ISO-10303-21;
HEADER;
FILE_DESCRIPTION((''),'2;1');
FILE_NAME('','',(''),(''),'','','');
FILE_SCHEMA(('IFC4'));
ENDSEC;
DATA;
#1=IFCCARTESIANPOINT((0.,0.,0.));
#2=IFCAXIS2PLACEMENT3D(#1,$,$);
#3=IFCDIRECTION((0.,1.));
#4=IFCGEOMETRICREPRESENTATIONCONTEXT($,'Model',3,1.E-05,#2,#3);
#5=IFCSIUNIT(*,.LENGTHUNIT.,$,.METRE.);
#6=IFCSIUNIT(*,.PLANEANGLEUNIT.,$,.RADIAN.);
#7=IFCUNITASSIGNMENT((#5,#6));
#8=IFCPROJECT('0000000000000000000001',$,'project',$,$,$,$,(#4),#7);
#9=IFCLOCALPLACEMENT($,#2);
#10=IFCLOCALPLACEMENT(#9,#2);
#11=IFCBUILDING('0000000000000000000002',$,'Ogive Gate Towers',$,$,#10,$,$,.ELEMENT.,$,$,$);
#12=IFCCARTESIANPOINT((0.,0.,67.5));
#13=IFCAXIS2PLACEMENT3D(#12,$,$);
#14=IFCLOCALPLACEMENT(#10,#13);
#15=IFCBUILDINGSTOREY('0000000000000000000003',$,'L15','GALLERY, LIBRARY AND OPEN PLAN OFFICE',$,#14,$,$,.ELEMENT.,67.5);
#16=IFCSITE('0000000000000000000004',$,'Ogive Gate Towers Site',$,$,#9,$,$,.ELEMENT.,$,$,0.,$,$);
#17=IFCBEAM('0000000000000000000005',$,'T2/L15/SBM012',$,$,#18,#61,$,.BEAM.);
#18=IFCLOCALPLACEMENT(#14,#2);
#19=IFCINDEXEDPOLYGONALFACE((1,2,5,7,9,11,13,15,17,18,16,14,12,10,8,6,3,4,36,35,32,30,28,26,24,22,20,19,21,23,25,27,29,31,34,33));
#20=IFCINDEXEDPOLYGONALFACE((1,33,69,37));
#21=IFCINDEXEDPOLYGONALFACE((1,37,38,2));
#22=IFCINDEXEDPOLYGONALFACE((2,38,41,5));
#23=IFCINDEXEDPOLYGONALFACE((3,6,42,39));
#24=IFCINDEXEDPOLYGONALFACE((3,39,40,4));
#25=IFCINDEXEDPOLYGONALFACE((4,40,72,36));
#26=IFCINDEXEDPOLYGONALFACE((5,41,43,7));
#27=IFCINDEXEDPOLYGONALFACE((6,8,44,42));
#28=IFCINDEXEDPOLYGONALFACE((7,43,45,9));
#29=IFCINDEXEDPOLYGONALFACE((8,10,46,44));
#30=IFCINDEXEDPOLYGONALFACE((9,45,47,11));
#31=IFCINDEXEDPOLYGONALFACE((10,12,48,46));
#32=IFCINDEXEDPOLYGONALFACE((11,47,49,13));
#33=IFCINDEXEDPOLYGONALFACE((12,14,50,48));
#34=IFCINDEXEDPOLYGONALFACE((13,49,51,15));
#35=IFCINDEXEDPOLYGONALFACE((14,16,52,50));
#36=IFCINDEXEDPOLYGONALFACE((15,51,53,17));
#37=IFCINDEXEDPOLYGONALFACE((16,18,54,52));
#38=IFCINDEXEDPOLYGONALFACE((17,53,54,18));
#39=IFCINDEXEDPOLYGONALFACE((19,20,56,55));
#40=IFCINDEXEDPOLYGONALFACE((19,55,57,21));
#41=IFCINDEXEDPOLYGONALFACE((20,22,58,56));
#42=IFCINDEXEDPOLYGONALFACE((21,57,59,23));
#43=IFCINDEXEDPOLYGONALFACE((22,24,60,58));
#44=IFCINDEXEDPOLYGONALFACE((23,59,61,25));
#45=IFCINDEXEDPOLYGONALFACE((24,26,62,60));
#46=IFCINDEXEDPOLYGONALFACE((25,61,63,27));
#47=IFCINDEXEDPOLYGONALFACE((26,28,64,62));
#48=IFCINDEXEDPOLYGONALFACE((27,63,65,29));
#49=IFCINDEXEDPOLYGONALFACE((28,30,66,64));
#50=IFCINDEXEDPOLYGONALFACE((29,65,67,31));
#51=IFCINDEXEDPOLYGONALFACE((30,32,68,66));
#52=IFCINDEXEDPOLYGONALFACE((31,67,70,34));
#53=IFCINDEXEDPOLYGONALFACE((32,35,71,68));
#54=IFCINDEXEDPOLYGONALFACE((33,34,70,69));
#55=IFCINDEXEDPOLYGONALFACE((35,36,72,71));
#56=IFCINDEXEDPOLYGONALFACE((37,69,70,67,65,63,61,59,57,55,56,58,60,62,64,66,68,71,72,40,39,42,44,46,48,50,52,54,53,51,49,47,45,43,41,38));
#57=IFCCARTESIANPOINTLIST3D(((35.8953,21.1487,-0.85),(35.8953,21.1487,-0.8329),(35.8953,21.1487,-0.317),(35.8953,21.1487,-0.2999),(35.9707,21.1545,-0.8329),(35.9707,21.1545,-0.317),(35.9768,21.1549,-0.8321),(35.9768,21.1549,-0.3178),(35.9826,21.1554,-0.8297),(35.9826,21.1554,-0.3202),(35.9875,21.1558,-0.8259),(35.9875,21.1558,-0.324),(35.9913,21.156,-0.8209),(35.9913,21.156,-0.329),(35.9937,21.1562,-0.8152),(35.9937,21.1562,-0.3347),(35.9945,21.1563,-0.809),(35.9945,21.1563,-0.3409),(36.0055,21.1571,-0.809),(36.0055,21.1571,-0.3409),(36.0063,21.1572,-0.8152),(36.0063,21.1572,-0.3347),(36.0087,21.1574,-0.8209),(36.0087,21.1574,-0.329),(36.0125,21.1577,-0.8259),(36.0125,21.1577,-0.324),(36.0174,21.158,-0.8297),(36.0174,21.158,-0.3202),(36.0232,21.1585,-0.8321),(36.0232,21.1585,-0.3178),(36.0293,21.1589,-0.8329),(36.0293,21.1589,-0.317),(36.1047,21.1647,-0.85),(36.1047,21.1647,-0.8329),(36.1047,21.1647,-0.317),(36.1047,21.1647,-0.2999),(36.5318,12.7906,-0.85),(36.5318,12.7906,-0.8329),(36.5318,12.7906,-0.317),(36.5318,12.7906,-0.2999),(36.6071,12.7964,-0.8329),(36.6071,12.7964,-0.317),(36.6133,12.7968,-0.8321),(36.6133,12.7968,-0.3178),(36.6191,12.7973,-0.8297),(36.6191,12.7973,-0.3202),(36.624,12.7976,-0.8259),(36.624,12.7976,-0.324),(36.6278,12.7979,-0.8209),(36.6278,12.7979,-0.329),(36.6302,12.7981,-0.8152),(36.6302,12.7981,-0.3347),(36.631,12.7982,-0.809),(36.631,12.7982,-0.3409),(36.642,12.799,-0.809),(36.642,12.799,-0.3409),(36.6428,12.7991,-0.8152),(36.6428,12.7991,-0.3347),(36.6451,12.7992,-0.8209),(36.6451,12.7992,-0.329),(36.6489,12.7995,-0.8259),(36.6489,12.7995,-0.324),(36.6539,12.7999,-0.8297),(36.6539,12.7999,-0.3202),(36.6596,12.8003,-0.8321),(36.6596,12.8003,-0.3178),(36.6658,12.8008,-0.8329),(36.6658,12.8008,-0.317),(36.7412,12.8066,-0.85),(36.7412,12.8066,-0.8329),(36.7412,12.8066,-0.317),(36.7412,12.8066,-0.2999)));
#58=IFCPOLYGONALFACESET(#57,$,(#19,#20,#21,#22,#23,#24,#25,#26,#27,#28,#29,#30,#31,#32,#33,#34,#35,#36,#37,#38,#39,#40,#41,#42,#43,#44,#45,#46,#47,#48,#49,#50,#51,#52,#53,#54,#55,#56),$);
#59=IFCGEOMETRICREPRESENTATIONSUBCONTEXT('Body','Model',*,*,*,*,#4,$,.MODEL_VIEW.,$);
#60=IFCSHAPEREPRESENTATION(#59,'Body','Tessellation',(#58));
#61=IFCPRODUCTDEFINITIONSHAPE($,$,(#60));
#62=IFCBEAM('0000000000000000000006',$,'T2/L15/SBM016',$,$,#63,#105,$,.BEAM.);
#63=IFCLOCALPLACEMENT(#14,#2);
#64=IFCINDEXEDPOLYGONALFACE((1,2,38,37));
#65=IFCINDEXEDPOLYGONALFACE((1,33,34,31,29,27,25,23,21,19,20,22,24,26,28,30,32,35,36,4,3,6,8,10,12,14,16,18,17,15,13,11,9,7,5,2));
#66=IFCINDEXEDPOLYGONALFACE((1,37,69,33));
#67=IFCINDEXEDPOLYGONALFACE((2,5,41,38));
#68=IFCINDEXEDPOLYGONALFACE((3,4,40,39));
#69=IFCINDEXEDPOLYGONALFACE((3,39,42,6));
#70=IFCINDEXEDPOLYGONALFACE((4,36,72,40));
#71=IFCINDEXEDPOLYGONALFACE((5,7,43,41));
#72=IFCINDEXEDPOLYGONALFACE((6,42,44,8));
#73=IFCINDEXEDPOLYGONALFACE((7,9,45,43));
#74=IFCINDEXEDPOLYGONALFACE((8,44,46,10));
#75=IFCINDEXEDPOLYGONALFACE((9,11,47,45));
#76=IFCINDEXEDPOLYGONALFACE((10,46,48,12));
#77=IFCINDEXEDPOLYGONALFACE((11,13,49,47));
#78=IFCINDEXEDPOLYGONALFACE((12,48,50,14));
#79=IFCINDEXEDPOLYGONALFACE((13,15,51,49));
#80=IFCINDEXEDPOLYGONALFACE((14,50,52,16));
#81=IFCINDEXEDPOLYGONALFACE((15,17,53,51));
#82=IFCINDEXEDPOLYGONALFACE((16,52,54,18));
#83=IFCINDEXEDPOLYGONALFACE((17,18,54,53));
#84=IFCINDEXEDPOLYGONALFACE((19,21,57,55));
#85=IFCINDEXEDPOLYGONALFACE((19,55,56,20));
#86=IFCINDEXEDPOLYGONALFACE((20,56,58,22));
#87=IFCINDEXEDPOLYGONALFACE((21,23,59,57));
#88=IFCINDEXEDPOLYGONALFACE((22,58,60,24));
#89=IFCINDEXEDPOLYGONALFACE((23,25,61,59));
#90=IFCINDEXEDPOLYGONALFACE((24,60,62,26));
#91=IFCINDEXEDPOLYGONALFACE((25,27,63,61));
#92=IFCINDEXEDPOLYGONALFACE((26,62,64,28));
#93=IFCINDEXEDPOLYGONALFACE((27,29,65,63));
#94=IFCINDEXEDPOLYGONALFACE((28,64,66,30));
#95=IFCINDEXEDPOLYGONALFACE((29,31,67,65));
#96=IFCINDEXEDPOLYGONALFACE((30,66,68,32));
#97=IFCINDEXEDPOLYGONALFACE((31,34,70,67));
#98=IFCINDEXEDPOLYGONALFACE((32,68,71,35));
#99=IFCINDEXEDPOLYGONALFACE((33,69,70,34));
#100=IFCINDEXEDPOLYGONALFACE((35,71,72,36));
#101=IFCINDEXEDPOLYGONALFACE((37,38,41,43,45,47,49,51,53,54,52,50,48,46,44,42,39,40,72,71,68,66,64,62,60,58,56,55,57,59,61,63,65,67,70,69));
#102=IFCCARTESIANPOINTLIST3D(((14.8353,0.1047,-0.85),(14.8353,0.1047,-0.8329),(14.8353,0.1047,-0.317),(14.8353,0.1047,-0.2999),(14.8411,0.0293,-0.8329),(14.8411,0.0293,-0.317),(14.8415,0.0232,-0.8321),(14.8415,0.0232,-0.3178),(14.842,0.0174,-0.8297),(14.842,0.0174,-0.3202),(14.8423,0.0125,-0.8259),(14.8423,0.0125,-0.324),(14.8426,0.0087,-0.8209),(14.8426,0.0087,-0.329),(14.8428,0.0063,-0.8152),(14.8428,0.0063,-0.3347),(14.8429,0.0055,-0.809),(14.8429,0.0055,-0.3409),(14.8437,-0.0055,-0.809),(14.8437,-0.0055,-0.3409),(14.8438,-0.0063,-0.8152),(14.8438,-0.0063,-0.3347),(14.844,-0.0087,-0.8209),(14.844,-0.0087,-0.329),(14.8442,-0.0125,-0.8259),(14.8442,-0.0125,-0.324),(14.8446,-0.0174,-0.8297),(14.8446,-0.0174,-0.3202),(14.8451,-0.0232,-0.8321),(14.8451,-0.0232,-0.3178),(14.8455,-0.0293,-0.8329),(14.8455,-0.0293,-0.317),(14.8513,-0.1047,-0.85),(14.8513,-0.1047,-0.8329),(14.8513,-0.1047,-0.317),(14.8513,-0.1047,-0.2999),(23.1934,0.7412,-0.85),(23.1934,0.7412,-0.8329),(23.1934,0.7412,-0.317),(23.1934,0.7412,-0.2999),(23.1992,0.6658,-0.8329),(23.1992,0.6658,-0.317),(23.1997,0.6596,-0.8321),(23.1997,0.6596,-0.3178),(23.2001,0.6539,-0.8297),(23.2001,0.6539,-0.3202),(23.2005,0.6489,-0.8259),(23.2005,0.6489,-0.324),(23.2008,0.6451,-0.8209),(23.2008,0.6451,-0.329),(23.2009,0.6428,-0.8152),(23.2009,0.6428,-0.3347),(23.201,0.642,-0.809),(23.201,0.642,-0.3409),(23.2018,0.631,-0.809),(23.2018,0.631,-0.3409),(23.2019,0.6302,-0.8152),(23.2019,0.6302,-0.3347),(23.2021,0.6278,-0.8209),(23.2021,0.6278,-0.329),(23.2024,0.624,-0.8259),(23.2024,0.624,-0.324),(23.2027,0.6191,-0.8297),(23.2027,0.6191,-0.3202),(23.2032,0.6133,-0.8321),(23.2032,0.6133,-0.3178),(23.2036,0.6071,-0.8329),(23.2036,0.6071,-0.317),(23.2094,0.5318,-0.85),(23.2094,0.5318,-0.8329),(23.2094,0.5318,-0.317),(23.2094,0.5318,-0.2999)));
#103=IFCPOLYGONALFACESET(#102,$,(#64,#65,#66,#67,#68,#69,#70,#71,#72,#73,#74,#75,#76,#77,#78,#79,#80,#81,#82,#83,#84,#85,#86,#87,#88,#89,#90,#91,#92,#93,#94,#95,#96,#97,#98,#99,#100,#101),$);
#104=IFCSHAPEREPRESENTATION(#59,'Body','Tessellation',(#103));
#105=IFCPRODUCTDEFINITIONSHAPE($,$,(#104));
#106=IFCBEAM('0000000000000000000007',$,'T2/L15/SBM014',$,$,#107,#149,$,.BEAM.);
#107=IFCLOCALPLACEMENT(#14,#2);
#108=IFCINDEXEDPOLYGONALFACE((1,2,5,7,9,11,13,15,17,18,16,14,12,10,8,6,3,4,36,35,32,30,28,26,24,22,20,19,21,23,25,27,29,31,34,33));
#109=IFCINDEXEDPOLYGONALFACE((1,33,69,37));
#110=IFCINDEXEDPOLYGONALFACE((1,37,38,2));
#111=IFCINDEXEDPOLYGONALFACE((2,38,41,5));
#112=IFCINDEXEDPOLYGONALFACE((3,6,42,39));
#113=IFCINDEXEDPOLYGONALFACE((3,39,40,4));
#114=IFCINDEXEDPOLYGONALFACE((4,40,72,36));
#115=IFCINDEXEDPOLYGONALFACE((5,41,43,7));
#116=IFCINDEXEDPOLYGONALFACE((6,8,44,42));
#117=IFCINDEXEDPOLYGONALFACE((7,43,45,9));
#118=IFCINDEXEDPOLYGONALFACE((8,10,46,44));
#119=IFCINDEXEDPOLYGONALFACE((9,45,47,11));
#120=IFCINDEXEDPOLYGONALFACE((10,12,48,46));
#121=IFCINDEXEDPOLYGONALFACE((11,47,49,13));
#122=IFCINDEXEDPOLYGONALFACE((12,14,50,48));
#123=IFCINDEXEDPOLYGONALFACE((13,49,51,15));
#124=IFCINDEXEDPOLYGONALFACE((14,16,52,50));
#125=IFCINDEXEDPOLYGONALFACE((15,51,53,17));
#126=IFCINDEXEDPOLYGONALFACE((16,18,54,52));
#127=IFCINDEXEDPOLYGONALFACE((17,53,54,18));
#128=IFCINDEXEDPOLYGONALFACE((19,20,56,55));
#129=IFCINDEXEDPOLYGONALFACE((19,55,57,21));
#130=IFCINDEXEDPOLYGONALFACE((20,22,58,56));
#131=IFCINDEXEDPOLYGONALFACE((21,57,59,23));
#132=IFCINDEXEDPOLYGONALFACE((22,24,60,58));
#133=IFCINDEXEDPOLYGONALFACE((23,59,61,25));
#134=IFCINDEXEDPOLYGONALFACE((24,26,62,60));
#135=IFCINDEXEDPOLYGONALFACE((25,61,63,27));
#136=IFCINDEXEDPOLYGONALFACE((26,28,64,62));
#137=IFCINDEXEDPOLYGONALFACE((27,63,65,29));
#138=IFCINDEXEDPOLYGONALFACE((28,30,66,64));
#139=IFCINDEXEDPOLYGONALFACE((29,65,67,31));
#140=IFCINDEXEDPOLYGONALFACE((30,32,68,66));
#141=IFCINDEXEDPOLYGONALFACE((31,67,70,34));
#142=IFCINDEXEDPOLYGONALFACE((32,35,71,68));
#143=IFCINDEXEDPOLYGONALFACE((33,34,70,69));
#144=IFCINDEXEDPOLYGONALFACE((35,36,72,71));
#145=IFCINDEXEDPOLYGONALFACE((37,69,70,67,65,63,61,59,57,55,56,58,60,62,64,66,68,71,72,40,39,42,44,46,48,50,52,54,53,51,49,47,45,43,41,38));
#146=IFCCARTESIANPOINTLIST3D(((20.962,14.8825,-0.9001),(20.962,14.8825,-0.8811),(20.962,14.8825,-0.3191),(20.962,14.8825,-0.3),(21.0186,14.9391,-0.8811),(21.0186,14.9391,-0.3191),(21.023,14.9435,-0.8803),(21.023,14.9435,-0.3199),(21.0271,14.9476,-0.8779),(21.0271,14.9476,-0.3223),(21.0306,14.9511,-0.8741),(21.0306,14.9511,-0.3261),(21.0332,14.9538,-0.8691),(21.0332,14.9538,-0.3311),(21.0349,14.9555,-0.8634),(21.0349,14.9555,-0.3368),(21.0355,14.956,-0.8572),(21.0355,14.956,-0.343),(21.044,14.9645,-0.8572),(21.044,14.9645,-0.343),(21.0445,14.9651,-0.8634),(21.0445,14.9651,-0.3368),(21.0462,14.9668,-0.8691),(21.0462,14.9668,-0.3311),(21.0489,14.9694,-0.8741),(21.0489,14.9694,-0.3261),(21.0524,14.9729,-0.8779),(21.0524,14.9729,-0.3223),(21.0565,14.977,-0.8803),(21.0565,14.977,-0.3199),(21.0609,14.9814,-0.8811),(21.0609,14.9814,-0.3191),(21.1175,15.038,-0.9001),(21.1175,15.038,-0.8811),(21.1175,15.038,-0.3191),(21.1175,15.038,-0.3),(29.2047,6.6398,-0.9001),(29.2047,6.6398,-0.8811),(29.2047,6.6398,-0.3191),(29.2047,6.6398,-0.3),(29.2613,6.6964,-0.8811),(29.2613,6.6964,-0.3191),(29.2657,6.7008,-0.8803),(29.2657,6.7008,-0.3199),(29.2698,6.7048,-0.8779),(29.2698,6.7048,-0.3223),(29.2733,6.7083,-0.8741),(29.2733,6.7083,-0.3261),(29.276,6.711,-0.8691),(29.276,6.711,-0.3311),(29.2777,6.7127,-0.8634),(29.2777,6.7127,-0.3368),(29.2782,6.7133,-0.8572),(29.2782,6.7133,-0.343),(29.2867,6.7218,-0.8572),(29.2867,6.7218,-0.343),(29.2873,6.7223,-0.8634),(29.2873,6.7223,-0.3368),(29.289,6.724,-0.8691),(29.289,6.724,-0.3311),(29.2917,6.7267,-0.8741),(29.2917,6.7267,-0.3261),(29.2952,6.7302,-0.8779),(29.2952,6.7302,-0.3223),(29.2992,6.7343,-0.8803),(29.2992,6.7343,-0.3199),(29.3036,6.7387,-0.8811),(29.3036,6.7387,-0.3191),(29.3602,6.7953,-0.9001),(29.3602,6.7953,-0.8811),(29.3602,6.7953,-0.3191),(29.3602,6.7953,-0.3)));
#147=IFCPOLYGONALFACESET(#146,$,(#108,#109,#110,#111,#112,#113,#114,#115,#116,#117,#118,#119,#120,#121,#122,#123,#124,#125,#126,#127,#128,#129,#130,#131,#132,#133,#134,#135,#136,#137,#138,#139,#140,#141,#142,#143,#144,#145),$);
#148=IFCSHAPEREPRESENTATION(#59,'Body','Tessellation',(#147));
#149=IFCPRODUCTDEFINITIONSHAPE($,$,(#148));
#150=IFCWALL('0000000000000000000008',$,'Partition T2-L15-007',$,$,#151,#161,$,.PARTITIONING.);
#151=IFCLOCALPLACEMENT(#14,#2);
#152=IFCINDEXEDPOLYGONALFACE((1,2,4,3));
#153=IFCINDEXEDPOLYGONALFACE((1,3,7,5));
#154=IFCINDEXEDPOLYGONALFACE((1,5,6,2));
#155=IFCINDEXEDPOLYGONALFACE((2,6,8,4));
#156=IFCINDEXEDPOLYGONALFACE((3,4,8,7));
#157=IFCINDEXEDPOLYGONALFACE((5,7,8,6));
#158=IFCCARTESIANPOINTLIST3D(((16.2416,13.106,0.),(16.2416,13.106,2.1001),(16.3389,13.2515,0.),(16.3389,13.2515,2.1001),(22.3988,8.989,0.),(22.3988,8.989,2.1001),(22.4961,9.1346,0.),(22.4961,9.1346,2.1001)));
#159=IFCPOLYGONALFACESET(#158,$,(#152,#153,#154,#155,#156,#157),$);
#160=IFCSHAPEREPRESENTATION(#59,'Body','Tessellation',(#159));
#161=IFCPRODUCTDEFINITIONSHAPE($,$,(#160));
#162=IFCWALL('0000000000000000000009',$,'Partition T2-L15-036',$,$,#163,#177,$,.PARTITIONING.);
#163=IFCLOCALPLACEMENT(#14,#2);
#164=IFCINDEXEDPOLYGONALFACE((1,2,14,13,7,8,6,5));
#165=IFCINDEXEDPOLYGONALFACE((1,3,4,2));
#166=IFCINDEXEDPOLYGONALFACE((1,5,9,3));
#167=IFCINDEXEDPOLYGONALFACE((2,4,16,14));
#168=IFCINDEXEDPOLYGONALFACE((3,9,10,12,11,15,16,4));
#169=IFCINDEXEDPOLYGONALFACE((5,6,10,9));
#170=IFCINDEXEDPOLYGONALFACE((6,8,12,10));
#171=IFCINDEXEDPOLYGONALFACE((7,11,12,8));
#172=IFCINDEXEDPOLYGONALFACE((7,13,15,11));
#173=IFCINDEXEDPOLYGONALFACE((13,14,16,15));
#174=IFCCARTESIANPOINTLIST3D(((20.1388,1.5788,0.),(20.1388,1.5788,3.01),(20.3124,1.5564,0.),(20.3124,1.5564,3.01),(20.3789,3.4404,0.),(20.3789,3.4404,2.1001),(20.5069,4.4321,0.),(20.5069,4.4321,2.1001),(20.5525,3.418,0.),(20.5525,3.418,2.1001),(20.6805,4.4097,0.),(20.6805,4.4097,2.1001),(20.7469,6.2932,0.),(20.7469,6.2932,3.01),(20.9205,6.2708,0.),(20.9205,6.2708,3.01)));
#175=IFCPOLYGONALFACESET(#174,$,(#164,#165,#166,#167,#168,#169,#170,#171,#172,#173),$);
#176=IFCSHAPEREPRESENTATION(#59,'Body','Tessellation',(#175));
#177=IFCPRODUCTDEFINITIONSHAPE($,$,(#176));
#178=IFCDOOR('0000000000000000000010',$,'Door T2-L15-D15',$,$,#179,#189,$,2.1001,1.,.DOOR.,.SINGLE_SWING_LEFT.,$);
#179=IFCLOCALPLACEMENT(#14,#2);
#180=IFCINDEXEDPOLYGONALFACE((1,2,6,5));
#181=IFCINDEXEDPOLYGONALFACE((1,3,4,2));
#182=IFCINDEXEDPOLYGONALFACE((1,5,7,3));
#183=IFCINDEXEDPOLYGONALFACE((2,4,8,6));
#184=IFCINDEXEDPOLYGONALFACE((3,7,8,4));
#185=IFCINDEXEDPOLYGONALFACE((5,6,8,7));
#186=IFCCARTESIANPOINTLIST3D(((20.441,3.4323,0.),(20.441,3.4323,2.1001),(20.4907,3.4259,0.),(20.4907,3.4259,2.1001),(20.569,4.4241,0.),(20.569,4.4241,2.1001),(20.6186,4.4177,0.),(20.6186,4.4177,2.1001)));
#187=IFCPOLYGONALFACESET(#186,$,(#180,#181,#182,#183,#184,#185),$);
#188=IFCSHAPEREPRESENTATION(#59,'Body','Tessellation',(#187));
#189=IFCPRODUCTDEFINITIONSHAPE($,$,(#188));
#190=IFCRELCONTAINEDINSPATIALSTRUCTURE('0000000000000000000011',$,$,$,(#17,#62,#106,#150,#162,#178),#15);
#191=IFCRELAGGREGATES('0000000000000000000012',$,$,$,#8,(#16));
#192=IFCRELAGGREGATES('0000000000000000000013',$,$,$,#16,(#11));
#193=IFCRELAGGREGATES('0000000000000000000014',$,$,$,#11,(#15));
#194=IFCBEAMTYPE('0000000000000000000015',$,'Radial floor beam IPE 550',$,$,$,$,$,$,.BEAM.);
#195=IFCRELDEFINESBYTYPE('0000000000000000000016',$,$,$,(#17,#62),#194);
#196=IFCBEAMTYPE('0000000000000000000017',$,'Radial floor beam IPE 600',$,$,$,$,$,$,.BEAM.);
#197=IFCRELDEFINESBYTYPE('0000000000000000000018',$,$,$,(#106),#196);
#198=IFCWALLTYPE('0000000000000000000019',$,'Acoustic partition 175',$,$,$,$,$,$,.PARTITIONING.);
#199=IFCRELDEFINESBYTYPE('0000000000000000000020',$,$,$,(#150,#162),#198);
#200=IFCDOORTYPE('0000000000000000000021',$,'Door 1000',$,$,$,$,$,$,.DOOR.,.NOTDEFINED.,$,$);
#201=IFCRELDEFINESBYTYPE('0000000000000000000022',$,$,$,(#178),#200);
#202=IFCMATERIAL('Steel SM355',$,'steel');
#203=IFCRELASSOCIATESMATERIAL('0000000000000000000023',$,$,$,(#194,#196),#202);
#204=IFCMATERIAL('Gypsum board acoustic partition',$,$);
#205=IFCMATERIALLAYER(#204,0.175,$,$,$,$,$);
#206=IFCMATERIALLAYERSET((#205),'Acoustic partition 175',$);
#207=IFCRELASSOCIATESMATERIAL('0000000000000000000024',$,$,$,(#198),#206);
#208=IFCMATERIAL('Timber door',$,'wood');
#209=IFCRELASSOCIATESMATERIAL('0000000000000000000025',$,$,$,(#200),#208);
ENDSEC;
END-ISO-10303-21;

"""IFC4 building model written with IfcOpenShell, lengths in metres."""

from ifc_helpers import new_model, si_unit, direction, frame, frame_2d, origin, origin_2d, place, context, subcontext, project, spatial, rectangle, i_section, extrude, material, layer, layer_set, material_profile, profile_set, type_object, element, fill, save


model = new_model("IFC4")

# Units and contexts
model_context = context("Model", 3, precision=1e-05, world=origin(), true_north=direction((0.0, 1.0)))
body_context = subcontext(model_context, "Body", "Model", "MODEL_VIEW")
ifc_project = project(units=[si_unit("LENGTHUNIT", "METRE"), si_unit("PLANEANGLEUNIT", "RADIAN")], contexts=[model_context])

# Site, building, storey
site_placement = place(None, origin())
site = spatial("IfcSite", under=ifc_project, at=site_placement, Name="Ogive Gate Towers Site", CompositionType="ELEMENT", RefElevation=0.0)
building_placement = place(site_placement, origin())
building = spatial("IfcBuilding", under=site, at=building_placement, Name="Ogive Gate Towers", CompositionType="ELEMENT")
storey_placement = place(building_placement, frame((0.0, 0.0, 67.5)))
storey = spatial("IfcBuildingStorey", under=building, at=storey_placement, Name="L15", Description="GALLERY, LIBRARY AND OPEN PLAN OFFICE", CompositionType="ELEMENT", Elevation=67.5)

# Beams
ifc_material_1 = material(Name="Steel SM355", Category="steel")
ifc_material_profile_1 = material_profile(ifc_material_1, i_section(OverallWidth=0.21, OverallDepth=0.55, WebThickness=0.011, FlangeThickness=0.0171, FilletRadius=0.0239, at=origin_2d()), Name="IPE 550")
ifc_profile_set_1 = profile_set([ifc_material_profile_1], Name="Steel SM355")
beam_type_1 = type_object("IfcBeamType", Name="Radial floor beam IPE 550", PredefinedType="BEAM", material=ifc_profile_set_1)
for number, where, z_axis, x_axis, name in (
    (1, (36.6365, 12.7986, -0.575), (-0.07593, 0.997113, 0.0), (-0.997113, -0.07593, 0.0), "T2/L15/SBM012"),
    (2, (23.2014, 0.6365, -0.575), (-0.997113, -0.07593, 0.0), (0.07593, -0.997113, 0.0), "T2/L15/SBM016"),
):
    element("IfcBeam", number, at=place(storey_placement, frame(where, z_axis=z_axis, x_axis=x_axis)), inside=storey, type_object=beam_type_1, Name=name, PredefinedType="BEAM", context=body_context, shape_type="SweptSolid", body=[
        extrude(i_section(OverallWidth=0.21, OverallDepth=0.55, WebThickness=0.011, FlangeThickness=0.0171, FilletRadius=0.0239, at=origin_2d()), origin(), (0.0, 0.0, 1.0), 8.3823),
    ])
ifc_material_profile_2 = material_profile(ifc_material_1, i_section(OverallWidth=0.22, OverallDepth=0.6001, WebThickness=0.012, FlangeThickness=0.019, FilletRadius=0.0239, at=origin_2d()), Name="IPE 600")
ifc_profile_set_2 = profile_set([ifc_material_profile_2], Name="Steel SM355")
beam_type_2 = type_object("IfcBeamType", Name="Radial floor beam IPE 600", PredefinedType="BEAM", material=ifc_profile_set_2)
beam_1_placement = place(storey_placement, frame((29.2825, 6.7175, -0.6001), z_axis=(-0.707107, 0.707107, 0.0), x_axis=(-0.707107, -0.707107, 0.0)))
element("IfcBeam", 3, at=beam_1_placement, inside=storey, type_object=beam_type_2, Name="T2/L15/SBM014", PredefinedType="BEAM", context=body_context, shape_type="SweptSolid", body=[
    extrude(i_section(OverallWidth=0.22, OverallDepth=0.6001, WebThickness=0.012, FlangeThickness=0.019, FilletRadius=0.0239, at=origin_2d()), origin(), (0.0, 0.0, 1.0), 11.657),
])

# Wall
ifc_material_2 = material(Name="Gypsum board acoustic partition")
ifc_layer_1 = layer(ifc_material_2, 0.175)
ifc_layer_set_1 = layer_set([ifc_layer_1], Name="Acoustic partition 175")
wall_type_1 = type_object("IfcWallType", Name="Acoustic partition 175", PredefinedType="PARTITIONING", material=ifc_layer_set_1)
wall_1_placement = place(storey_placement, frame((16.2903, 13.1787, 0.0), z_axis=(0.0, 0.0, 1.0), x_axis=(0.831294, -0.555833, 0.0)))
element("IfcWall", 4, at=wall_1_placement, inside=storey, type_object=wall_type_1, Name="Partition T2-L15-007", PredefinedType="PARTITIONING", context=body_context, shape_type="SweptSolid", body=[
    extrude(rectangle(XDim=7.4067, YDim=0.175, at=frame_2d((3.7034, 0.0))), origin(), (0.0, 0.0, 1.0), 2.1001),
])

# Wall, opening, door
wall_2_placement = place(storey_placement, frame((20.2256, 1.5676, 0.0), z_axis=(0.0, 0.0, 1.0), x_axis=(0.12794, 0.991782, 0.0)))
wall_2 = element("IfcWall", 5, at=wall_2_placement, inside=storey, type_object=wall_type_1, Name="Partition T2-L15-036", PredefinedType="PARTITIONING", context=body_context, shape_type="SweptSolid", body=[
    extrude(rectangle(XDim=4.7534, YDim=0.175, at=frame_2d((2.3767, 0.0))), origin(), (0.0, 0.0, 1.0), 3.01),
])
opening_1_placement = place(wall_2_placement, frame((1.877, 0.0, 0.0)))
opening_1 = element("IfcOpeningElement", 6, at=opening_1_placement, cuts=wall_2, PredefinedType="OPENING", context=body_context, shape_type="SweptSolid", body=[
    extrude(rectangle(XDim=1.0, YDim=2.1001, at=frame_2d((0.5, 1.05))), frame((0.0, 0.0977, 0.0), z_axis=(0.0, -1.0, 0.0), x_axis=(1.0, 0.0, 0.0)), (0.0, 0.0, 1.0), 0.1951),
])
ifc_material_3 = material(Name="Timber door", Category="wood")
door_type_1 = type_object("IfcDoorType", Name="Door 1000", OperationType="NOTDEFINED", PredefinedType="DOOR", material=ifc_material_3)
door_1_placement = place(opening_1_placement, origin())
door_1 = element("IfcDoor", 7, at=door_1_placement, inside=storey, type_object=door_type_1, Name="Door T2-L15-D15", OperationType="SINGLE_SWING_LEFT", OverallHeight=2.1001, OverallWidth=1.0, PredefinedType="DOOR", context=body_context, shape_type="SweptSolid", body=[
    extrude(rectangle(XDim=1.0, YDim=2.1001, at=frame_2d((0.5, 1.05))), frame((0.0, 0.0249, 0.0), z_axis=(0.0, -1.0, 0.0), x_axis=(1.0, 0.0, 0.0)), (0.0, 0.0, 1.0), 0.05),
])
fill(opening_1, door_1)

save(model, "model.ifc")
